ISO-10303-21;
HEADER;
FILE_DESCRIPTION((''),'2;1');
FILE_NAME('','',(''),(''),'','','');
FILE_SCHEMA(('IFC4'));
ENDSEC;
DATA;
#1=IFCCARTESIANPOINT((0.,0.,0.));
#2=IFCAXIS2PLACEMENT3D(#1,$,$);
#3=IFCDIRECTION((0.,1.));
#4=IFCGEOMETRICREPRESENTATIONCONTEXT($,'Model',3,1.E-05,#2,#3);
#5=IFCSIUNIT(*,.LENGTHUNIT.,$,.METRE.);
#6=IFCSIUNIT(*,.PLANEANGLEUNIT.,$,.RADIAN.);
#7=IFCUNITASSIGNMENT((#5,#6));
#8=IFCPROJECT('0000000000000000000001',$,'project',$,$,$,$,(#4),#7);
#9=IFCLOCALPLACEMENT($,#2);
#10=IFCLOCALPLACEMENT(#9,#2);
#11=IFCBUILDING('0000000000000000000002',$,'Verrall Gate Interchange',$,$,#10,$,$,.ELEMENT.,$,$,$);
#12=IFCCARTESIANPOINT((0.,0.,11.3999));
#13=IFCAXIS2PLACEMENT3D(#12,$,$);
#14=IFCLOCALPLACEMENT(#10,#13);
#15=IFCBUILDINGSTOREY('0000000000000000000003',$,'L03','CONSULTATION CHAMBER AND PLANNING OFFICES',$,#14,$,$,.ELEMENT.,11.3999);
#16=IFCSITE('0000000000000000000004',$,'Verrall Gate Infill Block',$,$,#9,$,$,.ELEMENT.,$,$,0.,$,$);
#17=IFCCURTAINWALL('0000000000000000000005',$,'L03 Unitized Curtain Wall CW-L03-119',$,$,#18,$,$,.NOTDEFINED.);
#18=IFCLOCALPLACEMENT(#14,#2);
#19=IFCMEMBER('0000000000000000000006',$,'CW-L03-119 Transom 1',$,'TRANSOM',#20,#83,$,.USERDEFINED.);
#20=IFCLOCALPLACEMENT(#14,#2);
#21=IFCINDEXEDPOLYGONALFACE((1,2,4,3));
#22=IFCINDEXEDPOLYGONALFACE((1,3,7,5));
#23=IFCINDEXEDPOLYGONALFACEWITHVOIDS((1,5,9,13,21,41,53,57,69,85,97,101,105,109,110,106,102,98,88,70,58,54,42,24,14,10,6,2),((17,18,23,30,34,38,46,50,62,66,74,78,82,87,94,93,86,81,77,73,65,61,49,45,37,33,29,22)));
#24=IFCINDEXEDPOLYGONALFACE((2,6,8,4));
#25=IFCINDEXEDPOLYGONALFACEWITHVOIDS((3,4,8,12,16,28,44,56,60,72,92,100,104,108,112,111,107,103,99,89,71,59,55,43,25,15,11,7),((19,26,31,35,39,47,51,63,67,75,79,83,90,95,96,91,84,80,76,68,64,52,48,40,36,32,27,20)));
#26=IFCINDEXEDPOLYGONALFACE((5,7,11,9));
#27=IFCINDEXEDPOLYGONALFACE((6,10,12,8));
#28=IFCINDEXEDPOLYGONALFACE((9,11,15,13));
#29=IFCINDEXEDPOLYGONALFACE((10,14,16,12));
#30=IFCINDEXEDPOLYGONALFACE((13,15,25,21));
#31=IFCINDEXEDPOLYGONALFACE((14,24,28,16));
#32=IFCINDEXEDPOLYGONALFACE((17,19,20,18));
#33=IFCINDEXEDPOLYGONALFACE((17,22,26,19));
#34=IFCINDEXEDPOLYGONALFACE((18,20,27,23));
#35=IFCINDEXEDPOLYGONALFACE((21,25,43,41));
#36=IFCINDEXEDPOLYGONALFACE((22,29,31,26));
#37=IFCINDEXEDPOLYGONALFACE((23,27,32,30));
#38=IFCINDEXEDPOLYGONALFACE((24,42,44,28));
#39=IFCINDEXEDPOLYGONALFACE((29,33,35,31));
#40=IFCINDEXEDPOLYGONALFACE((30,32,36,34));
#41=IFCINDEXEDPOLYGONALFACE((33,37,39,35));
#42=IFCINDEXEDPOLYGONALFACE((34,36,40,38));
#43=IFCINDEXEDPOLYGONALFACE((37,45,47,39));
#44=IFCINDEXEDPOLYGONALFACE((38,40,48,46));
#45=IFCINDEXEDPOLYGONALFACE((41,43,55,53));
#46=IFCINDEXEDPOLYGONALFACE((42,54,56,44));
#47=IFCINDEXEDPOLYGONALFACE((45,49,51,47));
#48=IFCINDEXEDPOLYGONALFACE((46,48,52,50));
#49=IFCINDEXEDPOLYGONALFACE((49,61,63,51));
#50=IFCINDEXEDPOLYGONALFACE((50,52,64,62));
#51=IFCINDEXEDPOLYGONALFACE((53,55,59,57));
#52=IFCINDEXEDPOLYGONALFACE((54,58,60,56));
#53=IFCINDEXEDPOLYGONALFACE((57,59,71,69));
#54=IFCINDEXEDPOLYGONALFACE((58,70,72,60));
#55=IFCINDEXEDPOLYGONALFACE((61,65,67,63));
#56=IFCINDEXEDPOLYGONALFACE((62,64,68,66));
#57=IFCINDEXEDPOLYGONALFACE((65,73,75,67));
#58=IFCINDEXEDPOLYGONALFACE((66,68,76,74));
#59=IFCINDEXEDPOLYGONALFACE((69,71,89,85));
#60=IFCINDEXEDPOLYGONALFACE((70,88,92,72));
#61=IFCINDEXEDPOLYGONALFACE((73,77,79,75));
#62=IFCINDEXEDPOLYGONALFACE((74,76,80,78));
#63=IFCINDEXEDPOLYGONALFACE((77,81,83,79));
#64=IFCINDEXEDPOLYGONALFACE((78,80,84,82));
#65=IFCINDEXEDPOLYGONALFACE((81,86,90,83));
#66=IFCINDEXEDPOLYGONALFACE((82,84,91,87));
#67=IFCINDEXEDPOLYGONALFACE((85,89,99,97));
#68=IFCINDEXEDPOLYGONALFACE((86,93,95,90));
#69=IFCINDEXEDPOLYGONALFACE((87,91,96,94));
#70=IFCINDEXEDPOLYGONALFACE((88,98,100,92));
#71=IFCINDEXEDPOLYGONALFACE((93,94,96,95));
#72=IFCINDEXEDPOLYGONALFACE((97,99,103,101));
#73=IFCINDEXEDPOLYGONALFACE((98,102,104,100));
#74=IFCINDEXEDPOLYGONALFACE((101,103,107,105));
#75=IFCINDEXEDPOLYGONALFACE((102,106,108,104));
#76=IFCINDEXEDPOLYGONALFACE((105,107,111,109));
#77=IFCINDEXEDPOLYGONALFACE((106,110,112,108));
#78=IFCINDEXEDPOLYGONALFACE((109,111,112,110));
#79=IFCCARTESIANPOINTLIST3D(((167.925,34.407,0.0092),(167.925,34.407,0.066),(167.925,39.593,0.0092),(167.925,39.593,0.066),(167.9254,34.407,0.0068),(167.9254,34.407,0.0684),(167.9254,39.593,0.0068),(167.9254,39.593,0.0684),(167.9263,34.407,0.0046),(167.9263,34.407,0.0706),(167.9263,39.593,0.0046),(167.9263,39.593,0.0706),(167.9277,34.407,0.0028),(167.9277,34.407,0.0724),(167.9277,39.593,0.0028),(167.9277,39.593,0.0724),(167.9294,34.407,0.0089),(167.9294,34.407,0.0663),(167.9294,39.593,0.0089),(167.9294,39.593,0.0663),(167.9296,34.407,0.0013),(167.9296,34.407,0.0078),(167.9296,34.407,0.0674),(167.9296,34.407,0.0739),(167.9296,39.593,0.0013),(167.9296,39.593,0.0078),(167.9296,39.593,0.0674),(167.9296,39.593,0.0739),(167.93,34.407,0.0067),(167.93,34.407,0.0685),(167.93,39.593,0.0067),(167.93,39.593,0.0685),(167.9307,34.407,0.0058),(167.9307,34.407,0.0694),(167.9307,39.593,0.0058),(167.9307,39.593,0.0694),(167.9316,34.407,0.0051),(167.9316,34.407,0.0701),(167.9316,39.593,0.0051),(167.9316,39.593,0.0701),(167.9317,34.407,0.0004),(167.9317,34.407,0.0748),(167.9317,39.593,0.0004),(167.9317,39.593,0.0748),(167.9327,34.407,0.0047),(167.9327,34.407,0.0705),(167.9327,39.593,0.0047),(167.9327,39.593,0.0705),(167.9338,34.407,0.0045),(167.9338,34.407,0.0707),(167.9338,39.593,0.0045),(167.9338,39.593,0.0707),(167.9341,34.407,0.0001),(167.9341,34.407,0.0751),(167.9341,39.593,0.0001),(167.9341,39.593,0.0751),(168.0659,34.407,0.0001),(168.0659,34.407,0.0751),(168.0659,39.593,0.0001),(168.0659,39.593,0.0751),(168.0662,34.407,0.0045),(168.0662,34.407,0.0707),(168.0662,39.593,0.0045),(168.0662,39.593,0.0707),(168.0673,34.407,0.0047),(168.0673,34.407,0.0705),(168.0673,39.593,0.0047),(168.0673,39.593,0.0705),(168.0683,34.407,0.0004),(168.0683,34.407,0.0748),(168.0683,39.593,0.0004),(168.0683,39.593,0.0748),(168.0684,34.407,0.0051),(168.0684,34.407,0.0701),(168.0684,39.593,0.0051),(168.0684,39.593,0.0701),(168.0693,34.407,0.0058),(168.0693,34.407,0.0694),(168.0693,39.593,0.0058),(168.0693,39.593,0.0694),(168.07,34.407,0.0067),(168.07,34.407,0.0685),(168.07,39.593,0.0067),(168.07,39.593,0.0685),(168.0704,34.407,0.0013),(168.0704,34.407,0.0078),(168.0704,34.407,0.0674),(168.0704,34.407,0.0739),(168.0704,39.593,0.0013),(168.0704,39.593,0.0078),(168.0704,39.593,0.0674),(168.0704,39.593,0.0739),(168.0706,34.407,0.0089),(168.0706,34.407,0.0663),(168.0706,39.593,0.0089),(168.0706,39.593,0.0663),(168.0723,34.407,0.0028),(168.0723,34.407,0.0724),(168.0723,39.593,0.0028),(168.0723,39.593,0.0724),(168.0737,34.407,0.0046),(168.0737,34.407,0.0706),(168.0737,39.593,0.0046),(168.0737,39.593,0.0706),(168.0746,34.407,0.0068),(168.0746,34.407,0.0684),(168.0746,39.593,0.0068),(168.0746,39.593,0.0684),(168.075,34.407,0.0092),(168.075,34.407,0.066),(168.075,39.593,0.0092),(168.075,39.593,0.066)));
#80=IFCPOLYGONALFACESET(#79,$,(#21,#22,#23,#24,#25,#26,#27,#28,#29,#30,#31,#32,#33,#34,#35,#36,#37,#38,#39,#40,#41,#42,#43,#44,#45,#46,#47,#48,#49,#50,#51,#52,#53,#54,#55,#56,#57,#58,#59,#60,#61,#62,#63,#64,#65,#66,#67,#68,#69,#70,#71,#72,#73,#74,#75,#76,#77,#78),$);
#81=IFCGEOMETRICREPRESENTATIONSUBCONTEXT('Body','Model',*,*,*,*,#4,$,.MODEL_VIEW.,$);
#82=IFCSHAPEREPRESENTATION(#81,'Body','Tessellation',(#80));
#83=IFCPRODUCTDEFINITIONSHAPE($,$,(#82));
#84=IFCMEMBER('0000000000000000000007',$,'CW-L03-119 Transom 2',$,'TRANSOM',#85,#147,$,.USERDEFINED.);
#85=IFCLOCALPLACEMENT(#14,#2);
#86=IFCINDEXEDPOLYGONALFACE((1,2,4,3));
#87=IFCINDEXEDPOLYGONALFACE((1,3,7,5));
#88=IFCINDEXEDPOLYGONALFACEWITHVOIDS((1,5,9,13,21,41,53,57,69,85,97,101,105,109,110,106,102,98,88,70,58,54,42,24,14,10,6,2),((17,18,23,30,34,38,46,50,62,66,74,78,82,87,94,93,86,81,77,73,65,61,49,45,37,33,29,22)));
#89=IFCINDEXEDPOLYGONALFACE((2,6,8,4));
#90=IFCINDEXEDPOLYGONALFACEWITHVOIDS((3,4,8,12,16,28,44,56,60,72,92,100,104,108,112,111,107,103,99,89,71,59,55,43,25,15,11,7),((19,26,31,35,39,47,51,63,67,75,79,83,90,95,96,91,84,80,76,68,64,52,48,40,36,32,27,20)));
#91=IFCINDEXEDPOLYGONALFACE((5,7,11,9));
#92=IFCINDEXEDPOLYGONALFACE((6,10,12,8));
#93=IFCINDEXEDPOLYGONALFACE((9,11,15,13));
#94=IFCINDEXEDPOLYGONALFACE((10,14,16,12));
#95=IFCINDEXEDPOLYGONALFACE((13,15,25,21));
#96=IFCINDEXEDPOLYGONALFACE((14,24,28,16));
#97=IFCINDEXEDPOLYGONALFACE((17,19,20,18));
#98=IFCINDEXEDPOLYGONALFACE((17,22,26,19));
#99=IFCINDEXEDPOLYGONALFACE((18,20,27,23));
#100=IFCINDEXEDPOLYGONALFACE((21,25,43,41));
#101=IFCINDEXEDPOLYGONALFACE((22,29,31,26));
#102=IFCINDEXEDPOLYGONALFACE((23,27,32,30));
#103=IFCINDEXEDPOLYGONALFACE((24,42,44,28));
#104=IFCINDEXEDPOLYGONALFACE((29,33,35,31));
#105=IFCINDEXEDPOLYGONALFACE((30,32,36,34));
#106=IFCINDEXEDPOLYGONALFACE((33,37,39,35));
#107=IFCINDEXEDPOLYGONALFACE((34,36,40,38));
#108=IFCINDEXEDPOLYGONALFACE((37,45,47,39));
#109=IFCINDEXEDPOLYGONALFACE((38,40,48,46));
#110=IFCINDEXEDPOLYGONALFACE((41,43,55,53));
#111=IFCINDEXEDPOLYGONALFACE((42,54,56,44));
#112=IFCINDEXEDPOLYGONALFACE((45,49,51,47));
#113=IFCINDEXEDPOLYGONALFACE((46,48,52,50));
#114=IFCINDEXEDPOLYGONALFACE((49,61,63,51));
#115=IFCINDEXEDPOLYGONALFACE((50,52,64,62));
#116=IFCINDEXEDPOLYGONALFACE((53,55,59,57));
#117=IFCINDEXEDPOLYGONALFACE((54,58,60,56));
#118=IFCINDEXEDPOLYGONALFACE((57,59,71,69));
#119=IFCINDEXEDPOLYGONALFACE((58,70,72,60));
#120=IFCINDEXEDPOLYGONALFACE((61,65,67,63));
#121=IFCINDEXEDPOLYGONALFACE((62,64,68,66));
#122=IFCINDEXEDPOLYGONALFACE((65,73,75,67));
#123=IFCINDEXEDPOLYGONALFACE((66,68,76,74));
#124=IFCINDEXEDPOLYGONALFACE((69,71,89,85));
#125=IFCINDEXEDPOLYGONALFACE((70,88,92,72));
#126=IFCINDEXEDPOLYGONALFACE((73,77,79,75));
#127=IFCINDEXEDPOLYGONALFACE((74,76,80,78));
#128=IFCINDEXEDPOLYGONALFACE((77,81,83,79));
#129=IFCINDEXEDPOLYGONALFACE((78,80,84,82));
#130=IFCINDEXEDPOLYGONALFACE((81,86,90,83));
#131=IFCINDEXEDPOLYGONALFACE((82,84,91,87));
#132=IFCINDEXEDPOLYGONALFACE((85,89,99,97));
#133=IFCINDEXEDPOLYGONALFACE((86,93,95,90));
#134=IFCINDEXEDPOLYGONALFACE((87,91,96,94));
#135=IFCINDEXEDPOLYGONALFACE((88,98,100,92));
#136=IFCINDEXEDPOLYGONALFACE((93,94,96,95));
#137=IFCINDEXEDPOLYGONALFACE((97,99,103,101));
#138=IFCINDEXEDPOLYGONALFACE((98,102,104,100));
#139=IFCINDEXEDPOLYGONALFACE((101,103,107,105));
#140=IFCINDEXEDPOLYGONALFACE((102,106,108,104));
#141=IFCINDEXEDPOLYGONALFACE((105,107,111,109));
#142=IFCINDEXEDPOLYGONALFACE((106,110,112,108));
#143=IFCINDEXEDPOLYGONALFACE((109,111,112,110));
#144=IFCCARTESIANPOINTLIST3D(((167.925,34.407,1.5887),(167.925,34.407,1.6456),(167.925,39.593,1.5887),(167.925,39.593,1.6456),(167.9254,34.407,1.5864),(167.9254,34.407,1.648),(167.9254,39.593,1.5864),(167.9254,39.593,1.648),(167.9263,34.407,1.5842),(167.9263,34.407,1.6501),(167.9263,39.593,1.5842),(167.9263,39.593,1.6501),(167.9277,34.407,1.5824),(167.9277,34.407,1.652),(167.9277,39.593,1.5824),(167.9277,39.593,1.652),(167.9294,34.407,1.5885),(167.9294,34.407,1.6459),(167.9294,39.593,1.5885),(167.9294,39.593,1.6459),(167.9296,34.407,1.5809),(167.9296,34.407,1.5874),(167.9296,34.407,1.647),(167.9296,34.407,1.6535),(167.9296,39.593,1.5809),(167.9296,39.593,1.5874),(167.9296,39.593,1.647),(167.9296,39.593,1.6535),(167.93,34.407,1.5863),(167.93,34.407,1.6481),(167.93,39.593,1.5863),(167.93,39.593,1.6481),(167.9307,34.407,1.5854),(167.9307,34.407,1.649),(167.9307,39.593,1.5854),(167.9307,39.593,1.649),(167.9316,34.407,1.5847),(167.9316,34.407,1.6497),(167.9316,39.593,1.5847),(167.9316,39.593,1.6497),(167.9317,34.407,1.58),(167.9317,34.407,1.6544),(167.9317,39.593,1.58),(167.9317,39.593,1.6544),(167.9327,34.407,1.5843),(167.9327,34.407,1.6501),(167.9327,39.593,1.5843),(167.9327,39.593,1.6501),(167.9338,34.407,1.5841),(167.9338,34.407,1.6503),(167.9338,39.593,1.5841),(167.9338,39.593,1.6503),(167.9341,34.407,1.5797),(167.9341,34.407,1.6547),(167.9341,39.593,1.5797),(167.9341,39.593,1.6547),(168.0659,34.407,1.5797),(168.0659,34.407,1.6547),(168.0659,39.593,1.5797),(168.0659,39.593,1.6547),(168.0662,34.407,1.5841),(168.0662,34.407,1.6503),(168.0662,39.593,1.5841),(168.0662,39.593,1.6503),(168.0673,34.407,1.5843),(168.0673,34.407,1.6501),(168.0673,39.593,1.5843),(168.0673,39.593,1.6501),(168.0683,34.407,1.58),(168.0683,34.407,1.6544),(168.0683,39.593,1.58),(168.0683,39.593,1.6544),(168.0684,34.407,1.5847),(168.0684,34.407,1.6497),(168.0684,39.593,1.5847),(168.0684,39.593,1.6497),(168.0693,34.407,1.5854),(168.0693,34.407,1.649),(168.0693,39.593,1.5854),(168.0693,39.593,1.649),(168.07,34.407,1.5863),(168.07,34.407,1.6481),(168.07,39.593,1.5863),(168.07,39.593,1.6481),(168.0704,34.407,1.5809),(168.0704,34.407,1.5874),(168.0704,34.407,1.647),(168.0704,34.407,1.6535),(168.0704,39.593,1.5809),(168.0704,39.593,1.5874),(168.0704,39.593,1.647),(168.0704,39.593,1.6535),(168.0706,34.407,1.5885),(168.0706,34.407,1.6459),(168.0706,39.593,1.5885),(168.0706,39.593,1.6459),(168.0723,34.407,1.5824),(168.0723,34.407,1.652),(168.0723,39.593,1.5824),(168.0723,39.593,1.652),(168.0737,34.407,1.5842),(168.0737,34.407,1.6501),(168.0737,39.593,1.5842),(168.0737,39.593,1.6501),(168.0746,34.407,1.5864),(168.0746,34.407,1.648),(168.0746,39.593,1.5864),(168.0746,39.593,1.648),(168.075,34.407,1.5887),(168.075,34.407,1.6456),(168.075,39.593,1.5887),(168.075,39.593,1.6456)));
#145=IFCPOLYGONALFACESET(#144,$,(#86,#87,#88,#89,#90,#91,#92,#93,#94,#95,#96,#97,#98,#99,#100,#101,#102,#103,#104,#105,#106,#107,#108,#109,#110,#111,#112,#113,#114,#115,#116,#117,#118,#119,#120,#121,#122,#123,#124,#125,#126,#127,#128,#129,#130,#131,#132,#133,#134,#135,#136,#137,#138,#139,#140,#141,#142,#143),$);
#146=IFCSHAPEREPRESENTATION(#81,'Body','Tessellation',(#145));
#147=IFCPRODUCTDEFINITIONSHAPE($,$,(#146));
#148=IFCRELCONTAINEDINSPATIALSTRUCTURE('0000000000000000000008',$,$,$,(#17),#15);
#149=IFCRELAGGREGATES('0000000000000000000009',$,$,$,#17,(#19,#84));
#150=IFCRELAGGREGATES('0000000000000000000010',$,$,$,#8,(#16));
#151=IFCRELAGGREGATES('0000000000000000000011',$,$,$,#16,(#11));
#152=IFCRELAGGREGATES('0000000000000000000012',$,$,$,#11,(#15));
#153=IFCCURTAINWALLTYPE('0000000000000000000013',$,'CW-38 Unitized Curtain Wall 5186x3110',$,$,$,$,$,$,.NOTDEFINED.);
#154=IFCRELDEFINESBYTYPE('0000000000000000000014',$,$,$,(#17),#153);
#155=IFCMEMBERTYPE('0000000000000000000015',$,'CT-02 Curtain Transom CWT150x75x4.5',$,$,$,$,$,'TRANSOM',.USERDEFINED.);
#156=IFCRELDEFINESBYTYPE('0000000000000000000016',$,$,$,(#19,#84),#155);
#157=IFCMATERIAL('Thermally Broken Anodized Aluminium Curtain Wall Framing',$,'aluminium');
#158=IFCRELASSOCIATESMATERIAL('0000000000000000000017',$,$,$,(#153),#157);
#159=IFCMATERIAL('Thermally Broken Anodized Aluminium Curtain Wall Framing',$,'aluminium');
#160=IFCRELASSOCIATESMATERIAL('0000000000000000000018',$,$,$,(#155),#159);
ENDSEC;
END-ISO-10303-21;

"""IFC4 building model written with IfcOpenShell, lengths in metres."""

from ifc_helpers import new_model, si_unit, direction, frame, origin, origin_2d, place, context, subcontext, project, spatial, hollow_rectangle, extrude, material, material_profile, profile_set, type_object, element, aggregate, save


model = new_model("IFC4")

# Units and contexts
model_context = context("Model", 3, precision=1e-05, world=origin(), true_north=direction((0.0, 1.0)))
body_context = subcontext(model_context, "Body", "Model", "MODEL_VIEW")
ifc_project = project(units=[si_unit("LENGTHUNIT", "METRE"), si_unit("PLANEANGLEUNIT", "RADIAN")], contexts=[model_context])

# Site, building, storey
site_placement = place(None, origin())
site = spatial("IfcSite", under=ifc_project, at=site_placement, Name="Verrall Gate Infill Block", CompositionType="ELEMENT", RefElevation=0.0)
building_placement = place(site_placement, origin())
building = spatial("IfcBuilding", under=site, at=building_placement, Name="Verrall Gate Interchange", CompositionType="ELEMENT")
storey_placement = place(building_placement, frame((0.0, 0.0, 11.3999)))
storey = spatial("IfcBuildingStorey", under=building, at=storey_placement, Name="L03", Description="CONSULTATION CHAMBER AND PLANNING OFFICES", CompositionType="ELEMENT", Elevation=11.3999)

# Curtain wall
ifc_material_1 = material(Name="Thermally Broken Anodized Aluminium Curtain Wall Framing", Category="aluminium")
curtain_wall_type_1 = type_object("IfcCurtainWallType", Name="CW-38 Unitized Curtain Wall 5186x3110", PredefinedType="NOTDEFINED", material=ifc_material_1)
curtain_wall_1_placement = place(storey_placement, origin())
curtain_wall_1 = element("IfcCurtainWall", 1, at=curtain_wall_1_placement, inside=storey, type_object=curtain_wall_type_1, Name="L03 Unitized Curtain Wall CW-L03-119", PredefinedType="NOTDEFINED")

# Members
ifc_material_2 = material(Name="Thermally Broken Anodized Aluminium Curtain Wall Framing", Category="aluminium")
ifc_material_profile_1 = material_profile(ifc_material_2, hollow_rectangle(XDim=0.1499, YDim=0.075, WallThickness=0.0044, InnerFilletRadius=0.0044, OuterFilletRadius=0.009, at=origin_2d()), Name="CWT150x75x4.5")
ifc_profile_set_1 = profile_set([ifc_material_profile_1], Name="Thermally Broken Anodized Aluminium Curtain Wall Framing")
member_type_1 = type_object("IfcMemberType", Name="CT-02 Curtain Transom CWT150x75x4.5", ElementType="TRANSOM", PredefinedType="USERDEFINED", material=ifc_profile_set_1)
member_1_placement = place(storey_placement, frame((168.0, 34.407, 0.0376), z_axis=(0.0, 1.0, 0.0), x_axis=(-1.0, 0.0, 0.0)))
member_1 = element("IfcMember", 2, at=member_1_placement, type_object=member_type_1, Name="CW-L03-119 Transom 1", ObjectType="TRANSOM", PredefinedType="USERDEFINED", context=body_context, shape_type="SweptSolid", body=[
    extrude(hollow_rectangle(XDim=0.1499, YDim=0.075, WallThickness=0.0044, InnerFilletRadius=0.0044, OuterFilletRadius=0.009, at=origin_2d()), origin(), (0.0, 0.0, 1.0), 5.186),
])
member_2_placement = place(storey_placement, frame((168.0, 34.407, 1.6172), z_axis=(0.0, 1.0, 0.0), x_axis=(-1.0, 0.0, 0.0)))
member_2 = element("IfcMember", 3, at=member_2_placement, type_object=member_type_1, Name="CW-L03-119 Transom 2", ObjectType="TRANSOM", PredefinedType="USERDEFINED", context=body_context, shape_type="SweptSolid", body=[
    extrude(hollow_rectangle(XDim=0.1499, YDim=0.075, WallThickness=0.0044, InnerFilletRadius=0.0044, OuterFilletRadius=0.009, at=origin_2d()), origin(), (0.0, 0.0, 1.0), 5.186),
])
aggregate(curtain_wall_1, [member_1, member_2])

save(model, "model.ifc")
